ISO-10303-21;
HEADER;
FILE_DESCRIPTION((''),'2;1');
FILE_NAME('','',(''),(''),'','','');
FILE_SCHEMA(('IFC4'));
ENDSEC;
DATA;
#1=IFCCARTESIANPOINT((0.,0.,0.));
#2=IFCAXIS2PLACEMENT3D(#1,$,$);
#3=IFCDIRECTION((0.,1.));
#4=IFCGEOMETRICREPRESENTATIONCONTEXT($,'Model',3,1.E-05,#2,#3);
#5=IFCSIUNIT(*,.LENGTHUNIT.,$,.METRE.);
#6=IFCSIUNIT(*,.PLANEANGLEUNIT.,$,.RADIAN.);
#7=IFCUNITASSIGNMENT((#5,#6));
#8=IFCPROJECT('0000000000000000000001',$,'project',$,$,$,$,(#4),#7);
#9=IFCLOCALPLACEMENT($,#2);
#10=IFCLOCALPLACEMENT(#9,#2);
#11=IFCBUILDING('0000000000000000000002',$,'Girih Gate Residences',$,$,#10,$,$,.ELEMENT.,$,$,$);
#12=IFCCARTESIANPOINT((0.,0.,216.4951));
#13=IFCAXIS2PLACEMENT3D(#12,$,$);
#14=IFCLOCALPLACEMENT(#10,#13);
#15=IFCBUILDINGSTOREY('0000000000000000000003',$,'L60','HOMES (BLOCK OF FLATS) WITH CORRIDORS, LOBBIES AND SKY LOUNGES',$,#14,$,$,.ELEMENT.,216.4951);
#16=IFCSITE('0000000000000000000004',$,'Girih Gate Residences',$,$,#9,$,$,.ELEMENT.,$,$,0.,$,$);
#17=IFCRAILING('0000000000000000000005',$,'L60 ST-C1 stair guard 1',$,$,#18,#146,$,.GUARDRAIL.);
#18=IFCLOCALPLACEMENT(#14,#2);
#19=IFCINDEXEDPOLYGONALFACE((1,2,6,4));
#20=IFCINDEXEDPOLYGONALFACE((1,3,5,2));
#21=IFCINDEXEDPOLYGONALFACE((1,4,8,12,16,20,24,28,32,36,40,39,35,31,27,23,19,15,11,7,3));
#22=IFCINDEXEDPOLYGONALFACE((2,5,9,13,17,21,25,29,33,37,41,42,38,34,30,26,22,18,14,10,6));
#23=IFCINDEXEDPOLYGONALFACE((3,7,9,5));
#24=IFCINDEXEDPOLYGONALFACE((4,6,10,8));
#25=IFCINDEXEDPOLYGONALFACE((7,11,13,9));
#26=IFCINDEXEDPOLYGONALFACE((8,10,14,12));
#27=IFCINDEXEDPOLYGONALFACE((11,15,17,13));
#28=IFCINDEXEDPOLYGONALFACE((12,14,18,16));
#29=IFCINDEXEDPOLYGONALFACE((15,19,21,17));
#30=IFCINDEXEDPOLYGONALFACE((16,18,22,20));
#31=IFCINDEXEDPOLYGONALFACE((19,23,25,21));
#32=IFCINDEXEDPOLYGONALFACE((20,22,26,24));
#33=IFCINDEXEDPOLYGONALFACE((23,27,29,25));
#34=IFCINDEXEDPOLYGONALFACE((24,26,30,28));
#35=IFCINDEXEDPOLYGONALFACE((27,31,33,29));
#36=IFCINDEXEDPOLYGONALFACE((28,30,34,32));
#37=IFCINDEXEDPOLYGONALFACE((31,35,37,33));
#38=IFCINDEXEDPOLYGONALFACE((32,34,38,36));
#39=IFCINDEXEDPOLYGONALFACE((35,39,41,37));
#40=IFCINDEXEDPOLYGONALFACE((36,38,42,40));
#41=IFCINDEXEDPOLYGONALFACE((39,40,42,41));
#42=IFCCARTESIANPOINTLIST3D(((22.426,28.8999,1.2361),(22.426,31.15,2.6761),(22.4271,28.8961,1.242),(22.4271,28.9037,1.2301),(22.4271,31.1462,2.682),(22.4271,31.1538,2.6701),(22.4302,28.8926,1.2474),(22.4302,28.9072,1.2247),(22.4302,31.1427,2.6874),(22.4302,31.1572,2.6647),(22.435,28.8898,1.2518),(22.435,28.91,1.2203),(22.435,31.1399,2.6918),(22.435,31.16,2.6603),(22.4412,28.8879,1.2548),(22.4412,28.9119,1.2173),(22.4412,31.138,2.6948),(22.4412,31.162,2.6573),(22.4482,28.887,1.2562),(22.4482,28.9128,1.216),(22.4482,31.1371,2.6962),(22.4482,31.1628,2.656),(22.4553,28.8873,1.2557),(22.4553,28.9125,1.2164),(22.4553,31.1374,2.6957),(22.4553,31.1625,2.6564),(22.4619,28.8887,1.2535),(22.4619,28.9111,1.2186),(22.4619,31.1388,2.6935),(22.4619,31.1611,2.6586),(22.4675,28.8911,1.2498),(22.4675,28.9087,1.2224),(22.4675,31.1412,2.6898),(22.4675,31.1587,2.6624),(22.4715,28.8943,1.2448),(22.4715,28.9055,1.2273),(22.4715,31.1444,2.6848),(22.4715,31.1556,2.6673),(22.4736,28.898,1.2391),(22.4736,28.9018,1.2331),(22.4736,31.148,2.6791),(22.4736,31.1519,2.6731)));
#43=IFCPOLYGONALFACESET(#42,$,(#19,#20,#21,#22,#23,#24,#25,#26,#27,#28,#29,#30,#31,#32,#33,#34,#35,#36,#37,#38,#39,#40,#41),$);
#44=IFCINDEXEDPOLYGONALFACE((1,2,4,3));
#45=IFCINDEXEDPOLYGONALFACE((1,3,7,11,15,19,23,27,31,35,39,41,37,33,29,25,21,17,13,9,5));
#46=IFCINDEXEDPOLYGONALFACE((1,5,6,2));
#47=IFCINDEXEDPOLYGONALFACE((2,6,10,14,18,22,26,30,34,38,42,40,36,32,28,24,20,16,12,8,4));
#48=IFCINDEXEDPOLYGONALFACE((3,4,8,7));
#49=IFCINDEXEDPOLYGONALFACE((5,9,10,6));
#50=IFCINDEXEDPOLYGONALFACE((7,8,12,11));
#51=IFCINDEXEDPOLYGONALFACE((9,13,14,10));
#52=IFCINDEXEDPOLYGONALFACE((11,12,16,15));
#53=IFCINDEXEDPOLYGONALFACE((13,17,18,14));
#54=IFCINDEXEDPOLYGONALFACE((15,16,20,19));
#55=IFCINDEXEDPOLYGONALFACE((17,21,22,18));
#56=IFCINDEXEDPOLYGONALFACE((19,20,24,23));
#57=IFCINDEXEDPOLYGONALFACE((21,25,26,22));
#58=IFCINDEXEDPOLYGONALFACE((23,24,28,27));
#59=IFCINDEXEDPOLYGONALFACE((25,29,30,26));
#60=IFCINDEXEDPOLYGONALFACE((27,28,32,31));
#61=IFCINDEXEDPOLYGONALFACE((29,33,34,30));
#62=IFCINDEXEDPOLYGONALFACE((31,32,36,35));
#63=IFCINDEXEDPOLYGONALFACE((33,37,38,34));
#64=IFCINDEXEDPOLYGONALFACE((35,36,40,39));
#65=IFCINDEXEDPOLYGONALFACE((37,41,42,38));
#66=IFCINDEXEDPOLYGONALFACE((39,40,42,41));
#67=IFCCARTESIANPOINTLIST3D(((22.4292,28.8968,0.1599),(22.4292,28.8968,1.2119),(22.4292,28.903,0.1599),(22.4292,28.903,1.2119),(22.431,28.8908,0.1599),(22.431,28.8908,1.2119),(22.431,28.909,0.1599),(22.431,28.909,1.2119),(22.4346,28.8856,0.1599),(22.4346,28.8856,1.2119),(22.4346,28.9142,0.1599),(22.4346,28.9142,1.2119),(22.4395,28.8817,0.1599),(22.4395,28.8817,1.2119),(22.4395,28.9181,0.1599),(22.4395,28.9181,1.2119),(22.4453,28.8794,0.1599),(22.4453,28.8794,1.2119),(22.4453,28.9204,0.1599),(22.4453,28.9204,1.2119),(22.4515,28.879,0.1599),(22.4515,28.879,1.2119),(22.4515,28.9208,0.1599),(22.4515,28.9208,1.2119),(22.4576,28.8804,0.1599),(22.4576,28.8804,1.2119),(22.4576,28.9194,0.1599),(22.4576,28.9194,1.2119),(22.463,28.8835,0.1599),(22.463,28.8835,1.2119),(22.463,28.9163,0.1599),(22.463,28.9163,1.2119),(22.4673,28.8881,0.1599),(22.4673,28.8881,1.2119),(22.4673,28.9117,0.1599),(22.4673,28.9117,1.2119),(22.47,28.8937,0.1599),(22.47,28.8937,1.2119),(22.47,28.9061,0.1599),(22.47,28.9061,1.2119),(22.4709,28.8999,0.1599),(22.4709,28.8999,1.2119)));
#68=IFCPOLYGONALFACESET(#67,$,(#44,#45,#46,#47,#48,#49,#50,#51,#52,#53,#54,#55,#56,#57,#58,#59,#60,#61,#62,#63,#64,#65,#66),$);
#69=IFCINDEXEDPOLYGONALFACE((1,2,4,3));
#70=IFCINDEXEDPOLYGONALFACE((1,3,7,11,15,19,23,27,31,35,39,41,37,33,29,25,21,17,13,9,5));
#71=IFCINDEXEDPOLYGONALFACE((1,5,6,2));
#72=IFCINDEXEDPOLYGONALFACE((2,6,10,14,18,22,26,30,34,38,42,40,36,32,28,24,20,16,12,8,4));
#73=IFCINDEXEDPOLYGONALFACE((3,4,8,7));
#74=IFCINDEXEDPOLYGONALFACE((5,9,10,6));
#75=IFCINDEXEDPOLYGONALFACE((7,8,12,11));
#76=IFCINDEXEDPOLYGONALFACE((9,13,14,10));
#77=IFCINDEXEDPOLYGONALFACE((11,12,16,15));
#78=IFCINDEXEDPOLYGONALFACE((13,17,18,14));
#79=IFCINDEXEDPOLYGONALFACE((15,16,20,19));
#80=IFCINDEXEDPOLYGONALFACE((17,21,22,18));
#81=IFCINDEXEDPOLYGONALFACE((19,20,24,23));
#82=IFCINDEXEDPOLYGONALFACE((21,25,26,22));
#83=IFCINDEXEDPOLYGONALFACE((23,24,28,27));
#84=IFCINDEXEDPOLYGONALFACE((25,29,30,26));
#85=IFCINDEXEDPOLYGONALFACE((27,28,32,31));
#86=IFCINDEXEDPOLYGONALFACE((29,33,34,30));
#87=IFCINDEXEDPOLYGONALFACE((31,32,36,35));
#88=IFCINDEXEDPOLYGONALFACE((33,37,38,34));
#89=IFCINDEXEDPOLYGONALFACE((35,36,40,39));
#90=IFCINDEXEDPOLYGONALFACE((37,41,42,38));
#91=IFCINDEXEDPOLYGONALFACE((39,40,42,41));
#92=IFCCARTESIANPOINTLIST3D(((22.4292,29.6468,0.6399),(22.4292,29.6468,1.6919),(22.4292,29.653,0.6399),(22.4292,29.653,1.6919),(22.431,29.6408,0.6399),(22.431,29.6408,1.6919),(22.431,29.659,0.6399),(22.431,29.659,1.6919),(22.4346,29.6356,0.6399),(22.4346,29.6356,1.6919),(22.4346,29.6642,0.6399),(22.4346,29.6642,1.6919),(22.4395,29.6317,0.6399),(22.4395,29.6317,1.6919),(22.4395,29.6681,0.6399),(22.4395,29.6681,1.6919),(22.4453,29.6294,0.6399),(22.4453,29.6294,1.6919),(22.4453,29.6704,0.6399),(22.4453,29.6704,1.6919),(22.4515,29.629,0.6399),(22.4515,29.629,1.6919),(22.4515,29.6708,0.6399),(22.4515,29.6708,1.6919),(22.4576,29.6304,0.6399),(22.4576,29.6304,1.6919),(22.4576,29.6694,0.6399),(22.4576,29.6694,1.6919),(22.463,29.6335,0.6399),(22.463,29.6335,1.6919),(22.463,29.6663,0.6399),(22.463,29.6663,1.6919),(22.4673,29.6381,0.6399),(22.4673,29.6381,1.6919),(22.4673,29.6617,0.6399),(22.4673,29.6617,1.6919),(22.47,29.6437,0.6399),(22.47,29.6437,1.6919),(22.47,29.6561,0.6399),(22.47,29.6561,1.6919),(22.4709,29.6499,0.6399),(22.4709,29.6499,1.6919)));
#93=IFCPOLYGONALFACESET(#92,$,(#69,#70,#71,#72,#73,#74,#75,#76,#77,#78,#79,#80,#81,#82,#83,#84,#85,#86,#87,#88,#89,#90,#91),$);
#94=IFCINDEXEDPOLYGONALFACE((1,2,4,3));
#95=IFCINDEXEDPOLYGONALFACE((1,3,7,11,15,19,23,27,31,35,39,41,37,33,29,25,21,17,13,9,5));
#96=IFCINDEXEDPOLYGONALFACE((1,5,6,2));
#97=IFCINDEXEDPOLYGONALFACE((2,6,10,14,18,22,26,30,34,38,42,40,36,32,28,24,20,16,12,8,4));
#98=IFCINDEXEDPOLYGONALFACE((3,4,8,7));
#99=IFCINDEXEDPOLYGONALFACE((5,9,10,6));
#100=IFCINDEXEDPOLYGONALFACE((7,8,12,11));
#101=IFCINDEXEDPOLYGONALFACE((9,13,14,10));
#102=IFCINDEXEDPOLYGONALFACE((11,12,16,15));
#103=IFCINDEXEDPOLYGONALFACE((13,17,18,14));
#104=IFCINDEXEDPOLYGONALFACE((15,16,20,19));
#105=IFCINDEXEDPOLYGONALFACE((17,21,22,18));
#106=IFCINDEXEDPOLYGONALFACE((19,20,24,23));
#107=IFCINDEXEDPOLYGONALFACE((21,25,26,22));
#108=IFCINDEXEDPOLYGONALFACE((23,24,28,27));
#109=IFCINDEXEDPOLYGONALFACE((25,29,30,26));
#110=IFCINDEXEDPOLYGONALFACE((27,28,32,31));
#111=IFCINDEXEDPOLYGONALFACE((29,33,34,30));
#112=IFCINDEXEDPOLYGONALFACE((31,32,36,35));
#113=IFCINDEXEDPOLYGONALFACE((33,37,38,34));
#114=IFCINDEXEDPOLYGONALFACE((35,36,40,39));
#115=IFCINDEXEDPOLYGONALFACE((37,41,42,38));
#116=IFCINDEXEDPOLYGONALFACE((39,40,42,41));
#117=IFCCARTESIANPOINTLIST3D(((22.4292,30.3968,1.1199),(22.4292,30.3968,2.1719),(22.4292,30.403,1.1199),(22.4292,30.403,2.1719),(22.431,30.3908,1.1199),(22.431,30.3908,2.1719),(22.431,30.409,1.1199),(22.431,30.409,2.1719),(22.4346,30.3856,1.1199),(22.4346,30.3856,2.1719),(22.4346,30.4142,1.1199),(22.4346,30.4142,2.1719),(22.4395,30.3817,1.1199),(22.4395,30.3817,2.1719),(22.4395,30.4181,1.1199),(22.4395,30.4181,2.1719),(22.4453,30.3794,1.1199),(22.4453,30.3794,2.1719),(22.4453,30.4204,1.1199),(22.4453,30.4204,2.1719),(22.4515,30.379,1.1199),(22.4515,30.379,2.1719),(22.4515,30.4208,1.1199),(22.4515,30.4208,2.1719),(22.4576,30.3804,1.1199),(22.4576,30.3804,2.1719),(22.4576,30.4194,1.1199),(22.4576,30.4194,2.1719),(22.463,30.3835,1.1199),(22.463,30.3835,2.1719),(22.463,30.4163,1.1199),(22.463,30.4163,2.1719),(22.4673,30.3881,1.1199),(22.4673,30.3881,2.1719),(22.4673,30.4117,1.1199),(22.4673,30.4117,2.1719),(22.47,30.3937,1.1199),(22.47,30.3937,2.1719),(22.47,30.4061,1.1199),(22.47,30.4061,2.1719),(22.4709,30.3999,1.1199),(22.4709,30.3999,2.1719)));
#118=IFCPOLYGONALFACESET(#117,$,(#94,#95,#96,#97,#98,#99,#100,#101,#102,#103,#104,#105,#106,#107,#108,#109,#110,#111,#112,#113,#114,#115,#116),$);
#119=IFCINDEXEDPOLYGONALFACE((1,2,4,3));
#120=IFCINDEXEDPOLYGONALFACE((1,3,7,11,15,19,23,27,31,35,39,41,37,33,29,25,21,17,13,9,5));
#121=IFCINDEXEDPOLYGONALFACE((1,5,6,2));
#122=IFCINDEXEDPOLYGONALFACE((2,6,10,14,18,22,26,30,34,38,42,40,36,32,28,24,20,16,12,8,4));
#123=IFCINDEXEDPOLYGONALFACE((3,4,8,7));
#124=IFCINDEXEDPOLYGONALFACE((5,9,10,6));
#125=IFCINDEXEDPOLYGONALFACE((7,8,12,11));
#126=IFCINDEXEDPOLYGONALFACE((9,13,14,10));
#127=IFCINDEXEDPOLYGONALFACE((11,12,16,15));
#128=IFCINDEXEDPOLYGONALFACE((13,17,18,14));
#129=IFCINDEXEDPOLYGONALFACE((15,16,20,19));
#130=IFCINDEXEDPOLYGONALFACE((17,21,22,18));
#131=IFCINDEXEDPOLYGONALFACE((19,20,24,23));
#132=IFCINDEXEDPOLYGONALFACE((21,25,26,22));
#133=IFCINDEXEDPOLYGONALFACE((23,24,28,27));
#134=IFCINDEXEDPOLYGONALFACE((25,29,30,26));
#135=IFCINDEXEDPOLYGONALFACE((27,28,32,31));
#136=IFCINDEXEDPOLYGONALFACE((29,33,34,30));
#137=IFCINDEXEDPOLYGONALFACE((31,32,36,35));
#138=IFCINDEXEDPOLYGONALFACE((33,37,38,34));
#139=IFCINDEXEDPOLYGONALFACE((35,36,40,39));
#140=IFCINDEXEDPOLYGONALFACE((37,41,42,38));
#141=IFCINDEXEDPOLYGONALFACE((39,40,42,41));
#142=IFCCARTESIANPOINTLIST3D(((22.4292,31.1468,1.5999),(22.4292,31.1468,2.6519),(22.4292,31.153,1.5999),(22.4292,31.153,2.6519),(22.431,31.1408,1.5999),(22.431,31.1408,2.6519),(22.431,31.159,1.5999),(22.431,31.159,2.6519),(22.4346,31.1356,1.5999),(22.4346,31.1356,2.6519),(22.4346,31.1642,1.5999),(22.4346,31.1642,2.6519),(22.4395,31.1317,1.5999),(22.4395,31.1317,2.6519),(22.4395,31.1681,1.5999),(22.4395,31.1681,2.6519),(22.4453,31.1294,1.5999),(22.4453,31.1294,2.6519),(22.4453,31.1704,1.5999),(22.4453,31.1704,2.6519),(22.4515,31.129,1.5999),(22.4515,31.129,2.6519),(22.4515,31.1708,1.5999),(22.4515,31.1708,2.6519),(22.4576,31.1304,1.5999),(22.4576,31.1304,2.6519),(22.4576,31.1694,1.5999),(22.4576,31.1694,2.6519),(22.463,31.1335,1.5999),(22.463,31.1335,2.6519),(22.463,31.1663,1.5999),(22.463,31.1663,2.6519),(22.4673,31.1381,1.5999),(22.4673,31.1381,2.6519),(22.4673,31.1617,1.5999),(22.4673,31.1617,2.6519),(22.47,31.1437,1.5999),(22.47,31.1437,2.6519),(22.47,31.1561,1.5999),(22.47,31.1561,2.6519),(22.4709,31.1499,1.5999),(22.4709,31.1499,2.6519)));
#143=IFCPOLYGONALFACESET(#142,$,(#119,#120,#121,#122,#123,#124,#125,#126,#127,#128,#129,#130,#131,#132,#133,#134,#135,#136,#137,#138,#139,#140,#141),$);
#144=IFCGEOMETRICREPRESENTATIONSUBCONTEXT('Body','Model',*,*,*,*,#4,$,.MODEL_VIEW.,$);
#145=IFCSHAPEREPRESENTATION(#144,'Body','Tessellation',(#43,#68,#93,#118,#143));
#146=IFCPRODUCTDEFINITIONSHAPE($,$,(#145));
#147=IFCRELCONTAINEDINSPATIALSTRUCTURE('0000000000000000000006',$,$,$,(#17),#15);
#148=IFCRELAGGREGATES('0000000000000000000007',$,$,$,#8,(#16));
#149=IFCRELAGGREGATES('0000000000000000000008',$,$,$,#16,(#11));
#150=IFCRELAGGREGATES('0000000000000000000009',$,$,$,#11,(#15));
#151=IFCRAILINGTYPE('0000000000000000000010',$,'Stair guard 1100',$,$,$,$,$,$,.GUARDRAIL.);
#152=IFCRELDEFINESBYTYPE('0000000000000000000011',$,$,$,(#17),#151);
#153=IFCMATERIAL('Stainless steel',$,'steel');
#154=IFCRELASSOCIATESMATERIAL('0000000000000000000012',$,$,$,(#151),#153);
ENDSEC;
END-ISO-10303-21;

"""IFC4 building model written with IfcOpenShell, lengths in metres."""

from ifc_helpers import new_model, si_unit, direction, frame, origin, origin_2d, place, context, subcontext, project, spatial, circle, extrude, material, type_object, element, save


model = new_model("IFC4")

# Units and contexts
model_context = context("Model", 3, precision=1e-05, world=origin(), true_north=direction((0.0, 1.0)))
body_context = subcontext(model_context, "Body", "Model", "MODEL_VIEW")
ifc_project = project(units=[si_unit("LENGTHUNIT", "METRE"), si_unit("PLANEANGLEUNIT", "RADIAN")], contexts=[model_context])

# Site, building, storey
site_placement = place(None, origin())
site = spatial("IfcSite", under=ifc_project, at=site_placement, Name="Girih Gate Residences", CompositionType="ELEMENT", RefElevation=0.0)
building_placement = place(site_placement, origin())
building = spatial("IfcBuilding", under=site, at=building_placement, Name="Girih Gate Residences", CompositionType="ELEMENT")
storey_placement = place(building_placement, frame((0.0, 0.0, 216.4951)))
storey = spatial("IfcBuildingStorey", under=building, at=storey_placement, Name="L60", Description="HOMES (BLOCK OF FLATS) WITH CORRIDORS, LOBBIES AND SKY LOUNGES", CompositionType="ELEMENT", Elevation=216.4951)

# Railing
ifc_material_1 = material(Name="Stainless steel", Category="steel")
railing_type_1 = type_object("IfcRailingType", Name="Stair guard 1100", PredefinedType="GUARDRAIL", material=ifc_material_1)
railing_1_placement = place(storey_placement, frame((22.45, 28.8999, 0.1599)))
element("IfcRailing", 1, at=railing_1_placement, inside=storey, type_object=railing_type_1, Name="L60 ST-C1 stair guard 1", PredefinedType="GUARDRAIL", context=body_context, shape_type="SweptSolid", body=[
    extrude(circle(Radius=0.0239, at=origin_2d()), frame((0.0, 0.0, 1.0762), z_axis=(0.0, 0.842281, 0.539038), x_axis=(-1.0, 0.0, 0.0)), (0.0, 0.0, 1.0), 2.6714),
    extrude(circle(Radius=0.021, at=origin_2d()), origin(), (0.0, 0.0, 1.0), 1.052),
    extrude(circle(Radius=0.021, at=origin_2d()), frame((0.0, 0.75, 0.48)), (0.0, 0.0, 1.0), 1.052),
    extrude(circle(Radius=0.021, at=origin_2d()), frame((0.0, 1.5, 0.96)), (0.0, 0.0, 1.0), 1.052),
    extrude(circle(Radius=0.021, at=origin_2d()), frame((0.0, 2.25, 1.4399)), (0.0, 0.0, 1.0), 1.052),
])

save(model, "model.ifc")
